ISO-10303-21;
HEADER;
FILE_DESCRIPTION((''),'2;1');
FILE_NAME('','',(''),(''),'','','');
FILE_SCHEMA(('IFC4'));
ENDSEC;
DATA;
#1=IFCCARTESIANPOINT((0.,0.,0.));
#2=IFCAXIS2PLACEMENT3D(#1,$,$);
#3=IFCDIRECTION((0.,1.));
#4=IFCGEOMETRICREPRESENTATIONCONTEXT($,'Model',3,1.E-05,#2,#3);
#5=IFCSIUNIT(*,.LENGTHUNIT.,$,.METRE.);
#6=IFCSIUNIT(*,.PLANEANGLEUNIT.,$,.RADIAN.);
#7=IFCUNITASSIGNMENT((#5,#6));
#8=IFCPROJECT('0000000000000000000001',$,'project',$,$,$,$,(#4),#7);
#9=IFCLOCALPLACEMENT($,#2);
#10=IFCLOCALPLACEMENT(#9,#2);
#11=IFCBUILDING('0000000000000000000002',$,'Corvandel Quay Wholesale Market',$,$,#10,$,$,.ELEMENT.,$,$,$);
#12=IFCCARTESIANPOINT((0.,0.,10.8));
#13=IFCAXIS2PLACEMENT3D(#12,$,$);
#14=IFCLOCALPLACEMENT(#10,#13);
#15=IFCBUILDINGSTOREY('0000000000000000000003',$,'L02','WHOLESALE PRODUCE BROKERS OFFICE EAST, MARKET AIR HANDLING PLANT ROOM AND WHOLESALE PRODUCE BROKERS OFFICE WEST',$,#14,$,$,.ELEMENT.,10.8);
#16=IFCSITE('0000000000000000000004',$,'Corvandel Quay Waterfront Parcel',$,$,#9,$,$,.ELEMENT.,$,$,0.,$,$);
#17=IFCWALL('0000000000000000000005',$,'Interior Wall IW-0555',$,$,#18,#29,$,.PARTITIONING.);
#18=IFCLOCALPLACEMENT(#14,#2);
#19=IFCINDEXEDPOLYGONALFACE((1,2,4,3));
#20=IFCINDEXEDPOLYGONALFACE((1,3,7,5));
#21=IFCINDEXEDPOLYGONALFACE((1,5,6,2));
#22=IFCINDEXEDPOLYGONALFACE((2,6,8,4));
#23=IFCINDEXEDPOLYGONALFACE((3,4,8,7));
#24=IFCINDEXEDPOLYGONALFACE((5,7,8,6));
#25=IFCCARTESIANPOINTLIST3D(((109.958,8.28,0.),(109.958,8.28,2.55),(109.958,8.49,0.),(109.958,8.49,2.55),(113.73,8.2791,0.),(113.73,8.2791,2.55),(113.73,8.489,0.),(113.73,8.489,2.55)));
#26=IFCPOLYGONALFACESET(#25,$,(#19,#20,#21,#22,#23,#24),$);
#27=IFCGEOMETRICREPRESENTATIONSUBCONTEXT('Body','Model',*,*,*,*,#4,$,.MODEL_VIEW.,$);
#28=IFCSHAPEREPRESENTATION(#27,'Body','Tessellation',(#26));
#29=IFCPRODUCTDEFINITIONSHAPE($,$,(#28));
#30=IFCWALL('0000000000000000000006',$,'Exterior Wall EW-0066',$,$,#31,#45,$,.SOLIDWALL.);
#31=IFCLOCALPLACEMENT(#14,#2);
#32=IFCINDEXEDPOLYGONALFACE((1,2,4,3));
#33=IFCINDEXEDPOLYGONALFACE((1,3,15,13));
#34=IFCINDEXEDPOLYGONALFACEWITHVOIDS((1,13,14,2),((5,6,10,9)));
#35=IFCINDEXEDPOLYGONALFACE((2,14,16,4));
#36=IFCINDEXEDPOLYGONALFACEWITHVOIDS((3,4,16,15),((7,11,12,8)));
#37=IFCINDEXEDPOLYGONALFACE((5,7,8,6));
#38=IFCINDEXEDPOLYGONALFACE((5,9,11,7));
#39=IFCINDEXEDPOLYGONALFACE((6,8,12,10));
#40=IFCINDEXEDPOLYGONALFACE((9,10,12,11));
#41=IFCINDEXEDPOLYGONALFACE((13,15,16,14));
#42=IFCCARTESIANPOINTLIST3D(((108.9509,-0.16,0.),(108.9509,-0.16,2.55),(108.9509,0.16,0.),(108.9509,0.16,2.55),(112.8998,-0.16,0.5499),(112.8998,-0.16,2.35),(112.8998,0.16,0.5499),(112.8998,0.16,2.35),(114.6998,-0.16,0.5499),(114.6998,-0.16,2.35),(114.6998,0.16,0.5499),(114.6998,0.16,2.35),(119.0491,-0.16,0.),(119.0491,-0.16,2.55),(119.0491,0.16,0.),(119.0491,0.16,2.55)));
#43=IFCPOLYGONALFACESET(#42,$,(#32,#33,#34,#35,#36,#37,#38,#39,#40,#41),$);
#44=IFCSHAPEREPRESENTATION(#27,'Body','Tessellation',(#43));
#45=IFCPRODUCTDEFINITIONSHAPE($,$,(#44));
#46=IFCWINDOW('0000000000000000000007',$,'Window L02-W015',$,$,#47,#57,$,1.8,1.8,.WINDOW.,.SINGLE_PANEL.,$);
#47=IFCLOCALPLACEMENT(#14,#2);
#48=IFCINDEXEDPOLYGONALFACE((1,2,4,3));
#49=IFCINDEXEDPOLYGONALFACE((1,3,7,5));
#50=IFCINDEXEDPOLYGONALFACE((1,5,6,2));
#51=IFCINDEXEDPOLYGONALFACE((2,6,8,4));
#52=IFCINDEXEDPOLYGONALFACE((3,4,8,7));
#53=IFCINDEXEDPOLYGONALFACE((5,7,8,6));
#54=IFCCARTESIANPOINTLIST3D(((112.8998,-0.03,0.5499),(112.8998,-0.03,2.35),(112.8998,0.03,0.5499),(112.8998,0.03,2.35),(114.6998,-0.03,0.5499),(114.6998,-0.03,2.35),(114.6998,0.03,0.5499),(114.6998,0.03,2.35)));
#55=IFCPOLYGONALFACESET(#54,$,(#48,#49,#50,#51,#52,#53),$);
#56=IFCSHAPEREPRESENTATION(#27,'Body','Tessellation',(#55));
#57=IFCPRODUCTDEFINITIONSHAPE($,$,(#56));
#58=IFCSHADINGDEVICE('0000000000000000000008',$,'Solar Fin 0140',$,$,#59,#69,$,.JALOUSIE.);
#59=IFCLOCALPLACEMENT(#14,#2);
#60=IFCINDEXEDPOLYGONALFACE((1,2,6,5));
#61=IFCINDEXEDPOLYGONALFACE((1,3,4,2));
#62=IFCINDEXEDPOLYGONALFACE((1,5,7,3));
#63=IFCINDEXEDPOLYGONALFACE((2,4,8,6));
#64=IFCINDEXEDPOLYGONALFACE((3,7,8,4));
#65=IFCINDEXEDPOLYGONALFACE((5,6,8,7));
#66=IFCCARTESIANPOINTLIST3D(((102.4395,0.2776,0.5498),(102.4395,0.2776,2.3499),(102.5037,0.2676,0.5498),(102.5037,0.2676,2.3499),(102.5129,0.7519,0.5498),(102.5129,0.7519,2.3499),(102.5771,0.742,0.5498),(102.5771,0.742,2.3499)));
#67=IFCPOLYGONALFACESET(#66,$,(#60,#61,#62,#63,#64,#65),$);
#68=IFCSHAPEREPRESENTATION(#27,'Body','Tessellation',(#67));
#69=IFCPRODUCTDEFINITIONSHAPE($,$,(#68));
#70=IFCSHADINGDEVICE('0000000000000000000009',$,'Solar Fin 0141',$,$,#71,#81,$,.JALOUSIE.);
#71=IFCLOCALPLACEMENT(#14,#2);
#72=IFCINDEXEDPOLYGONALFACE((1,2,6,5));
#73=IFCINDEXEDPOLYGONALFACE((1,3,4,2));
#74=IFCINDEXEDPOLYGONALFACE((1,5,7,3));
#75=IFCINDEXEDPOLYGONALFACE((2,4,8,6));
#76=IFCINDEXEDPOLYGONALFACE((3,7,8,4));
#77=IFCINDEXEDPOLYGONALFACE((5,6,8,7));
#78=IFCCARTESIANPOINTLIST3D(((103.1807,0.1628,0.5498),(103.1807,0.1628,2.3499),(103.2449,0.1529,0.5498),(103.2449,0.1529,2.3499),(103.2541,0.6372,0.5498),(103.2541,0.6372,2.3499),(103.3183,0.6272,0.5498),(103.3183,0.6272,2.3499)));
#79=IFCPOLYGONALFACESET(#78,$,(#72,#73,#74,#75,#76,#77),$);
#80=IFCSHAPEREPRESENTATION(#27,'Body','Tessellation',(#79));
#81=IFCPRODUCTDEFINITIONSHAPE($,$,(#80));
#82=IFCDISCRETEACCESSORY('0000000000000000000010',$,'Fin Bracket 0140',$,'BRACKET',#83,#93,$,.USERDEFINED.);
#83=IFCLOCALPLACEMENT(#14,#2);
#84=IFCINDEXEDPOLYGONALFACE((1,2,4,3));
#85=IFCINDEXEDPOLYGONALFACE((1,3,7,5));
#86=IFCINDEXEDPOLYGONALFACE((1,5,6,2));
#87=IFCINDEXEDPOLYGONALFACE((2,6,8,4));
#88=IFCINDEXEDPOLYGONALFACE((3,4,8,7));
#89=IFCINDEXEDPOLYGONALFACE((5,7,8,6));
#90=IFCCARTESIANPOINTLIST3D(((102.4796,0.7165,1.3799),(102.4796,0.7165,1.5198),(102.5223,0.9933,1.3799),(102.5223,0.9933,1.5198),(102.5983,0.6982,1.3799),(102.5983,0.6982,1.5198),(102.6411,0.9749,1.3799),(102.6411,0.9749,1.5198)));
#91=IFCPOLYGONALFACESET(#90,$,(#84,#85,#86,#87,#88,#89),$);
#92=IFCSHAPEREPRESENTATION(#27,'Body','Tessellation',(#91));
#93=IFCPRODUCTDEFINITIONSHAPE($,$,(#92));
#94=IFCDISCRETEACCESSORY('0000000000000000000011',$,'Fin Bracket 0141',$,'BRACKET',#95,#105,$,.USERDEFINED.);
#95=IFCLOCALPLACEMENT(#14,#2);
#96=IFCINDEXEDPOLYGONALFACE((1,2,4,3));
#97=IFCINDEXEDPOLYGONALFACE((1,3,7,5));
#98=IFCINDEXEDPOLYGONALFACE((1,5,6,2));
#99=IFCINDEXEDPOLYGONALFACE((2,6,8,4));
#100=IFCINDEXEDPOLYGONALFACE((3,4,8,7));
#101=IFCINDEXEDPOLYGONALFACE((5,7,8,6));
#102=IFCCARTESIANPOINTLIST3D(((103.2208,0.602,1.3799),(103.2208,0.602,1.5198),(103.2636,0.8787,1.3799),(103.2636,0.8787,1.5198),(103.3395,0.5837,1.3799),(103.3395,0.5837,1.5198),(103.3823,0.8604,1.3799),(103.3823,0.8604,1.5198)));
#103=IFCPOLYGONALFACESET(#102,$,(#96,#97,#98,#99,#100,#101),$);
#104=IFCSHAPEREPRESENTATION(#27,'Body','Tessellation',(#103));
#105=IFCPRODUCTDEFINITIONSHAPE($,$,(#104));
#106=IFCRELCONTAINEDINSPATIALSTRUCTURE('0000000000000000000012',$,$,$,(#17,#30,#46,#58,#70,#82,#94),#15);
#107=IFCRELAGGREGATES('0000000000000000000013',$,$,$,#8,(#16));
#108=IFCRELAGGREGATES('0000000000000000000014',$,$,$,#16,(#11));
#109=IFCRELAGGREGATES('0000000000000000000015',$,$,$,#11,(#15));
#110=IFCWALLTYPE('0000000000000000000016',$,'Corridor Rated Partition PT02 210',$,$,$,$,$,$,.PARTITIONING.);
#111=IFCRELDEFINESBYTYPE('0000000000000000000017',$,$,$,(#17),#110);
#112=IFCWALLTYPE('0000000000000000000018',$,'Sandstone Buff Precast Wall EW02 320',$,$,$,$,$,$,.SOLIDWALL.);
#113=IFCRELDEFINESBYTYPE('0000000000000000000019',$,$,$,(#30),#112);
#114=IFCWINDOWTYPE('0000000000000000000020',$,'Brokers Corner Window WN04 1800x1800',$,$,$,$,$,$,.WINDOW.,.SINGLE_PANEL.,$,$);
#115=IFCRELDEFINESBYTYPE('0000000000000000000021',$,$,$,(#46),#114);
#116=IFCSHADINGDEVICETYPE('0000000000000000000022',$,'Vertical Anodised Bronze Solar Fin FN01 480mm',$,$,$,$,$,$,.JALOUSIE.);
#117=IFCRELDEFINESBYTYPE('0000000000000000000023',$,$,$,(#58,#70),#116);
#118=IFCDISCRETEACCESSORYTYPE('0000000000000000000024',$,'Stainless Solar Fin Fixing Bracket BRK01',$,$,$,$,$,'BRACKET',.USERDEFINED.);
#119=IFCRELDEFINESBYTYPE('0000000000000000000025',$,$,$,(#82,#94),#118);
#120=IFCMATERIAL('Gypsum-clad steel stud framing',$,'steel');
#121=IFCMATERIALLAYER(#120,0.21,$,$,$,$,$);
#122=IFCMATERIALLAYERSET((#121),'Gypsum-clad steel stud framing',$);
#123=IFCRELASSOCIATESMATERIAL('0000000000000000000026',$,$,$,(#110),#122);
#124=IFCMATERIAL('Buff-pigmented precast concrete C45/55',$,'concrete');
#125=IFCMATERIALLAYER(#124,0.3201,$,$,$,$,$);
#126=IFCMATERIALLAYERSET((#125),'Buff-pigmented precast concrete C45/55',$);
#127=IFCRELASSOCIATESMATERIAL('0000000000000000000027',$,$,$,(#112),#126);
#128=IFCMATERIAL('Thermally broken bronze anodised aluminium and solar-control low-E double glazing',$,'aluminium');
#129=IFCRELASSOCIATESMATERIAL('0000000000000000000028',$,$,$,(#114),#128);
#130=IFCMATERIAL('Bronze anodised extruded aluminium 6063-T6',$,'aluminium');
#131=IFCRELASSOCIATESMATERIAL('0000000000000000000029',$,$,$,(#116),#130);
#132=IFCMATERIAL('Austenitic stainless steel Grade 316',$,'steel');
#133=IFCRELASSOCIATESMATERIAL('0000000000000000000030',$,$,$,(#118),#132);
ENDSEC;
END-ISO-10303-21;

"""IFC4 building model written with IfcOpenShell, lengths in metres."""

from ifc_helpers import new_model, si_unit, direction, frame, frame_2d, origin, origin_2d, place, context, subcontext, project, spatial, rectangle, extrude, material, layer, layer_set, type_object, element, fill, save


model = new_model("IFC4")

# Units and contexts
model_context = context("Model", 3, precision=1e-05, world=origin(), true_north=direction((0.0, 1.0)))
body_context = subcontext(model_context, "Body", "Model", "MODEL_VIEW")
ifc_project = project(units=[si_unit("LENGTHUNIT", "METRE"), si_unit("PLANEANGLEUNIT", "RADIAN")], contexts=[model_context])

# Site, building, storey
site_placement = place(None, origin())
site = spatial("IfcSite", under=ifc_project, at=site_placement, Name="Corvandel Quay Waterfront Parcel", CompositionType="ELEMENT", RefElevation=0.0)
building_placement = place(site_placement, origin())
building = spatial("IfcBuilding", under=site, at=building_placement, Name="Corvandel Quay Wholesale Market", CompositionType="ELEMENT")
storey_placement = place(building_placement, frame((0.0, 0.0, 10.8)))
storey = spatial("IfcBuildingStorey", under=building, at=storey_placement, Name="L02", Description="WHOLESALE PRODUCE BROKERS OFFICE EAST, MARKET AIR HANDLING PLANT ROOM AND WHOLESALE PRODUCE BROKERS OFFICE WEST", CompositionType="ELEMENT", Elevation=10.8)

# Shared definitions
ifc_material_1 = material(Name="Gypsum-clad steel stud framing", Category="steel")
ifc_layer_1 = layer(ifc_material_1, 0.21)
ifc_layer_set_1 = layer_set([ifc_layer_1], Name="Gypsum-clad steel stud framing")
wall_type_1 = type_object("IfcWallType", Name="Corridor Rated Partition PT02 210", PredefinedType="PARTITIONING", material=ifc_layer_set_1)

# Wall
wall_1_placement = place(storey_placement, frame((109.958, 8.385, 0.0), z_axis=(0.0, 0.0, 1.0), x_axis=(1.0, -0.000259, 0.0)))
element("IfcWall", 1, at=wall_1_placement, inside=storey, type_object=wall_type_1, Name="Interior Wall IW-0555", PredefinedType="PARTITIONING", context=body_context, shape_type="SweptSolid", body=[
    extrude(rectangle(XDim=3.772, YDim=0.21, at=frame_2d((1.886, 0.0))), origin(), (0.0, 0.0, 1.0), 2.55),
])

# Wall, opening, window
ifc_material_2 = material(Name="Buff-pigmented precast concrete C45/55", Category="concrete")
ifc_layer_2 = layer(ifc_material_2, 0.3201)
ifc_layer_set_2 = layer_set([ifc_layer_2], Name="Buff-pigmented precast concrete C45/55")
wall_type_2 = type_object("IfcWallType", Name="Sandstone Buff Precast Wall EW02 320", PredefinedType="SOLIDWALL", material=ifc_layer_set_2)
wall_2_placement = place(storey_placement, frame((108.9509, 0.0, 0.0), z_axis=(0.0, 0.0, 1.0), x_axis=(1.0, 0.0, 0.0)))
wall_2 = element("IfcWall", 2, at=wall_2_placement, inside=storey, type_object=wall_type_2, Name="Exterior Wall EW-0066", PredefinedType="SOLIDWALL", context=body_context, shape_type="SweptSolid", body=[
    extrude(rectangle(XDim=10.0981, YDim=0.3201, at=frame_2d((5.0491, 0.0))), origin(), (0.0, 0.0, 1.0), 2.55),
])
opening_1_placement = place(wall_2_placement, frame((3.949, 0.0, 0.55)))
opening_1 = element("IfcOpeningElement", 3, at=opening_1_placement, cuts=wall_2, PredefinedType="OPENING", context=body_context, shape_type="SweptSolid", body=[
    extrude(rectangle(XDim=1.8, YDim=1.8, at=frame_2d((0.8999, 0.8999))), frame((0.0, 0.1699, 0.0), z_axis=(0.0, -1.0, 0.0), x_axis=(1.0, 0.0, 0.0)), (0.0, 0.0, 1.0), 0.3401),
])
ifc_material_3 = material(Name="Thermally broken bronze anodised aluminium and solar-control low-E double glazing", Category="aluminium")
window_type = type_object("IfcWindowType", Name="Brokers Corner Window WN04 1800x1800", PartitioningType="SINGLE_PANEL", PredefinedType="WINDOW", material=ifc_material_3)
window_placement = place(opening_1_placement, origin())
window = element("IfcWindow", 4, at=window_placement, inside=storey, type_object=window_type, Name="Window L02-W015", OverallHeight=1.8, OverallWidth=1.8, PartitioningType="SINGLE_PANEL", PredefinedType="WINDOW", context=body_context, shape_type="SweptSolid", body=[
    extrude(rectangle(XDim=1.8, YDim=1.8, at=frame_2d((0.8999, 0.8999))), frame((0.0, 0.03, 0.0), z_axis=(0.0, -1.0, 0.0), x_axis=(1.0, 0.0, 0.0)), (0.0, 0.0, 1.0), 0.0601),
])
fill(opening_1, window)

# Shading devices
ifc_material_4 = material(Name="Bronze anodised extruded aluminium 6063-T6", Category="aluminium")
shading_device_type = type_object("IfcShadingDeviceType", Name="Vertical Anodised Bronze Solar Fin FN01 480mm", PredefinedType="JALOUSIE", material=ifc_material_4)
for number, where, z_axis, x_axis, name in (
    (5, (102.5083, 0.5098, 0.5498), (0.0, 0.0, 1.0), (0.152813, 0.988255, 0.0), "Solar Fin 0140"),
    (6, (103.2495, 0.395, 0.5498), (0.0, 0.0, 1.0), (0.152813, 0.988255, 0.0), "Solar Fin 0141"),
):
    element("IfcShadingDevice", number, at=place(storey_placement, frame(where, z_axis=z_axis, x_axis=x_axis)), inside=storey, type_object=shading_device_type, Name=name, PredefinedType="JALOUSIE", context=body_context, shape_type="SweptSolid", body=[
        extrude(rectangle(XDim=0.48, YDim=0.0649, at=origin_2d()), origin(), (0.0, 0.0, 1.0), 1.8),
    ])

# Discrete accessories
ifc_material_5 = material(Name="Austenitic stainless steel Grade 316", Category="steel")
discrete_accessory_type = type_object("IfcDiscreteAccessoryType", Name="Stainless Solar Fin Fixing Bracket BRK01", ElementType="BRACKET", PredefinedType="USERDEFINED", material=ifc_material_5)
for number, where, z_axis, x_axis, name in (
    (7, (102.5603, 0.8457, 1.3799), (0.0, 0.0, 1.0), (0.152813, 0.988255, 0.0), "Fin Bracket 0140"),
    (8, (103.3015, 0.7312, 1.3799), (0.0, 0.0, 1.0), (0.152813, 0.988255, 0.0), "Fin Bracket 0141"),
):
    element("IfcDiscreteAccessory", number, at=place(storey_placement, frame(where, z_axis=z_axis, x_axis=x_axis)), inside=storey, type_object=discrete_accessory_type, Name=name, ObjectType="BRACKET", PredefinedType="USERDEFINED", context=body_context, shape_type="SweptSolid", body=[
        extrude(rectangle(XDim=0.28, YDim=0.1201, at=origin_2d()), origin(), (0.0, 0.0, 1.0), 0.1399),
    ])

save(model, "model.ifc")
